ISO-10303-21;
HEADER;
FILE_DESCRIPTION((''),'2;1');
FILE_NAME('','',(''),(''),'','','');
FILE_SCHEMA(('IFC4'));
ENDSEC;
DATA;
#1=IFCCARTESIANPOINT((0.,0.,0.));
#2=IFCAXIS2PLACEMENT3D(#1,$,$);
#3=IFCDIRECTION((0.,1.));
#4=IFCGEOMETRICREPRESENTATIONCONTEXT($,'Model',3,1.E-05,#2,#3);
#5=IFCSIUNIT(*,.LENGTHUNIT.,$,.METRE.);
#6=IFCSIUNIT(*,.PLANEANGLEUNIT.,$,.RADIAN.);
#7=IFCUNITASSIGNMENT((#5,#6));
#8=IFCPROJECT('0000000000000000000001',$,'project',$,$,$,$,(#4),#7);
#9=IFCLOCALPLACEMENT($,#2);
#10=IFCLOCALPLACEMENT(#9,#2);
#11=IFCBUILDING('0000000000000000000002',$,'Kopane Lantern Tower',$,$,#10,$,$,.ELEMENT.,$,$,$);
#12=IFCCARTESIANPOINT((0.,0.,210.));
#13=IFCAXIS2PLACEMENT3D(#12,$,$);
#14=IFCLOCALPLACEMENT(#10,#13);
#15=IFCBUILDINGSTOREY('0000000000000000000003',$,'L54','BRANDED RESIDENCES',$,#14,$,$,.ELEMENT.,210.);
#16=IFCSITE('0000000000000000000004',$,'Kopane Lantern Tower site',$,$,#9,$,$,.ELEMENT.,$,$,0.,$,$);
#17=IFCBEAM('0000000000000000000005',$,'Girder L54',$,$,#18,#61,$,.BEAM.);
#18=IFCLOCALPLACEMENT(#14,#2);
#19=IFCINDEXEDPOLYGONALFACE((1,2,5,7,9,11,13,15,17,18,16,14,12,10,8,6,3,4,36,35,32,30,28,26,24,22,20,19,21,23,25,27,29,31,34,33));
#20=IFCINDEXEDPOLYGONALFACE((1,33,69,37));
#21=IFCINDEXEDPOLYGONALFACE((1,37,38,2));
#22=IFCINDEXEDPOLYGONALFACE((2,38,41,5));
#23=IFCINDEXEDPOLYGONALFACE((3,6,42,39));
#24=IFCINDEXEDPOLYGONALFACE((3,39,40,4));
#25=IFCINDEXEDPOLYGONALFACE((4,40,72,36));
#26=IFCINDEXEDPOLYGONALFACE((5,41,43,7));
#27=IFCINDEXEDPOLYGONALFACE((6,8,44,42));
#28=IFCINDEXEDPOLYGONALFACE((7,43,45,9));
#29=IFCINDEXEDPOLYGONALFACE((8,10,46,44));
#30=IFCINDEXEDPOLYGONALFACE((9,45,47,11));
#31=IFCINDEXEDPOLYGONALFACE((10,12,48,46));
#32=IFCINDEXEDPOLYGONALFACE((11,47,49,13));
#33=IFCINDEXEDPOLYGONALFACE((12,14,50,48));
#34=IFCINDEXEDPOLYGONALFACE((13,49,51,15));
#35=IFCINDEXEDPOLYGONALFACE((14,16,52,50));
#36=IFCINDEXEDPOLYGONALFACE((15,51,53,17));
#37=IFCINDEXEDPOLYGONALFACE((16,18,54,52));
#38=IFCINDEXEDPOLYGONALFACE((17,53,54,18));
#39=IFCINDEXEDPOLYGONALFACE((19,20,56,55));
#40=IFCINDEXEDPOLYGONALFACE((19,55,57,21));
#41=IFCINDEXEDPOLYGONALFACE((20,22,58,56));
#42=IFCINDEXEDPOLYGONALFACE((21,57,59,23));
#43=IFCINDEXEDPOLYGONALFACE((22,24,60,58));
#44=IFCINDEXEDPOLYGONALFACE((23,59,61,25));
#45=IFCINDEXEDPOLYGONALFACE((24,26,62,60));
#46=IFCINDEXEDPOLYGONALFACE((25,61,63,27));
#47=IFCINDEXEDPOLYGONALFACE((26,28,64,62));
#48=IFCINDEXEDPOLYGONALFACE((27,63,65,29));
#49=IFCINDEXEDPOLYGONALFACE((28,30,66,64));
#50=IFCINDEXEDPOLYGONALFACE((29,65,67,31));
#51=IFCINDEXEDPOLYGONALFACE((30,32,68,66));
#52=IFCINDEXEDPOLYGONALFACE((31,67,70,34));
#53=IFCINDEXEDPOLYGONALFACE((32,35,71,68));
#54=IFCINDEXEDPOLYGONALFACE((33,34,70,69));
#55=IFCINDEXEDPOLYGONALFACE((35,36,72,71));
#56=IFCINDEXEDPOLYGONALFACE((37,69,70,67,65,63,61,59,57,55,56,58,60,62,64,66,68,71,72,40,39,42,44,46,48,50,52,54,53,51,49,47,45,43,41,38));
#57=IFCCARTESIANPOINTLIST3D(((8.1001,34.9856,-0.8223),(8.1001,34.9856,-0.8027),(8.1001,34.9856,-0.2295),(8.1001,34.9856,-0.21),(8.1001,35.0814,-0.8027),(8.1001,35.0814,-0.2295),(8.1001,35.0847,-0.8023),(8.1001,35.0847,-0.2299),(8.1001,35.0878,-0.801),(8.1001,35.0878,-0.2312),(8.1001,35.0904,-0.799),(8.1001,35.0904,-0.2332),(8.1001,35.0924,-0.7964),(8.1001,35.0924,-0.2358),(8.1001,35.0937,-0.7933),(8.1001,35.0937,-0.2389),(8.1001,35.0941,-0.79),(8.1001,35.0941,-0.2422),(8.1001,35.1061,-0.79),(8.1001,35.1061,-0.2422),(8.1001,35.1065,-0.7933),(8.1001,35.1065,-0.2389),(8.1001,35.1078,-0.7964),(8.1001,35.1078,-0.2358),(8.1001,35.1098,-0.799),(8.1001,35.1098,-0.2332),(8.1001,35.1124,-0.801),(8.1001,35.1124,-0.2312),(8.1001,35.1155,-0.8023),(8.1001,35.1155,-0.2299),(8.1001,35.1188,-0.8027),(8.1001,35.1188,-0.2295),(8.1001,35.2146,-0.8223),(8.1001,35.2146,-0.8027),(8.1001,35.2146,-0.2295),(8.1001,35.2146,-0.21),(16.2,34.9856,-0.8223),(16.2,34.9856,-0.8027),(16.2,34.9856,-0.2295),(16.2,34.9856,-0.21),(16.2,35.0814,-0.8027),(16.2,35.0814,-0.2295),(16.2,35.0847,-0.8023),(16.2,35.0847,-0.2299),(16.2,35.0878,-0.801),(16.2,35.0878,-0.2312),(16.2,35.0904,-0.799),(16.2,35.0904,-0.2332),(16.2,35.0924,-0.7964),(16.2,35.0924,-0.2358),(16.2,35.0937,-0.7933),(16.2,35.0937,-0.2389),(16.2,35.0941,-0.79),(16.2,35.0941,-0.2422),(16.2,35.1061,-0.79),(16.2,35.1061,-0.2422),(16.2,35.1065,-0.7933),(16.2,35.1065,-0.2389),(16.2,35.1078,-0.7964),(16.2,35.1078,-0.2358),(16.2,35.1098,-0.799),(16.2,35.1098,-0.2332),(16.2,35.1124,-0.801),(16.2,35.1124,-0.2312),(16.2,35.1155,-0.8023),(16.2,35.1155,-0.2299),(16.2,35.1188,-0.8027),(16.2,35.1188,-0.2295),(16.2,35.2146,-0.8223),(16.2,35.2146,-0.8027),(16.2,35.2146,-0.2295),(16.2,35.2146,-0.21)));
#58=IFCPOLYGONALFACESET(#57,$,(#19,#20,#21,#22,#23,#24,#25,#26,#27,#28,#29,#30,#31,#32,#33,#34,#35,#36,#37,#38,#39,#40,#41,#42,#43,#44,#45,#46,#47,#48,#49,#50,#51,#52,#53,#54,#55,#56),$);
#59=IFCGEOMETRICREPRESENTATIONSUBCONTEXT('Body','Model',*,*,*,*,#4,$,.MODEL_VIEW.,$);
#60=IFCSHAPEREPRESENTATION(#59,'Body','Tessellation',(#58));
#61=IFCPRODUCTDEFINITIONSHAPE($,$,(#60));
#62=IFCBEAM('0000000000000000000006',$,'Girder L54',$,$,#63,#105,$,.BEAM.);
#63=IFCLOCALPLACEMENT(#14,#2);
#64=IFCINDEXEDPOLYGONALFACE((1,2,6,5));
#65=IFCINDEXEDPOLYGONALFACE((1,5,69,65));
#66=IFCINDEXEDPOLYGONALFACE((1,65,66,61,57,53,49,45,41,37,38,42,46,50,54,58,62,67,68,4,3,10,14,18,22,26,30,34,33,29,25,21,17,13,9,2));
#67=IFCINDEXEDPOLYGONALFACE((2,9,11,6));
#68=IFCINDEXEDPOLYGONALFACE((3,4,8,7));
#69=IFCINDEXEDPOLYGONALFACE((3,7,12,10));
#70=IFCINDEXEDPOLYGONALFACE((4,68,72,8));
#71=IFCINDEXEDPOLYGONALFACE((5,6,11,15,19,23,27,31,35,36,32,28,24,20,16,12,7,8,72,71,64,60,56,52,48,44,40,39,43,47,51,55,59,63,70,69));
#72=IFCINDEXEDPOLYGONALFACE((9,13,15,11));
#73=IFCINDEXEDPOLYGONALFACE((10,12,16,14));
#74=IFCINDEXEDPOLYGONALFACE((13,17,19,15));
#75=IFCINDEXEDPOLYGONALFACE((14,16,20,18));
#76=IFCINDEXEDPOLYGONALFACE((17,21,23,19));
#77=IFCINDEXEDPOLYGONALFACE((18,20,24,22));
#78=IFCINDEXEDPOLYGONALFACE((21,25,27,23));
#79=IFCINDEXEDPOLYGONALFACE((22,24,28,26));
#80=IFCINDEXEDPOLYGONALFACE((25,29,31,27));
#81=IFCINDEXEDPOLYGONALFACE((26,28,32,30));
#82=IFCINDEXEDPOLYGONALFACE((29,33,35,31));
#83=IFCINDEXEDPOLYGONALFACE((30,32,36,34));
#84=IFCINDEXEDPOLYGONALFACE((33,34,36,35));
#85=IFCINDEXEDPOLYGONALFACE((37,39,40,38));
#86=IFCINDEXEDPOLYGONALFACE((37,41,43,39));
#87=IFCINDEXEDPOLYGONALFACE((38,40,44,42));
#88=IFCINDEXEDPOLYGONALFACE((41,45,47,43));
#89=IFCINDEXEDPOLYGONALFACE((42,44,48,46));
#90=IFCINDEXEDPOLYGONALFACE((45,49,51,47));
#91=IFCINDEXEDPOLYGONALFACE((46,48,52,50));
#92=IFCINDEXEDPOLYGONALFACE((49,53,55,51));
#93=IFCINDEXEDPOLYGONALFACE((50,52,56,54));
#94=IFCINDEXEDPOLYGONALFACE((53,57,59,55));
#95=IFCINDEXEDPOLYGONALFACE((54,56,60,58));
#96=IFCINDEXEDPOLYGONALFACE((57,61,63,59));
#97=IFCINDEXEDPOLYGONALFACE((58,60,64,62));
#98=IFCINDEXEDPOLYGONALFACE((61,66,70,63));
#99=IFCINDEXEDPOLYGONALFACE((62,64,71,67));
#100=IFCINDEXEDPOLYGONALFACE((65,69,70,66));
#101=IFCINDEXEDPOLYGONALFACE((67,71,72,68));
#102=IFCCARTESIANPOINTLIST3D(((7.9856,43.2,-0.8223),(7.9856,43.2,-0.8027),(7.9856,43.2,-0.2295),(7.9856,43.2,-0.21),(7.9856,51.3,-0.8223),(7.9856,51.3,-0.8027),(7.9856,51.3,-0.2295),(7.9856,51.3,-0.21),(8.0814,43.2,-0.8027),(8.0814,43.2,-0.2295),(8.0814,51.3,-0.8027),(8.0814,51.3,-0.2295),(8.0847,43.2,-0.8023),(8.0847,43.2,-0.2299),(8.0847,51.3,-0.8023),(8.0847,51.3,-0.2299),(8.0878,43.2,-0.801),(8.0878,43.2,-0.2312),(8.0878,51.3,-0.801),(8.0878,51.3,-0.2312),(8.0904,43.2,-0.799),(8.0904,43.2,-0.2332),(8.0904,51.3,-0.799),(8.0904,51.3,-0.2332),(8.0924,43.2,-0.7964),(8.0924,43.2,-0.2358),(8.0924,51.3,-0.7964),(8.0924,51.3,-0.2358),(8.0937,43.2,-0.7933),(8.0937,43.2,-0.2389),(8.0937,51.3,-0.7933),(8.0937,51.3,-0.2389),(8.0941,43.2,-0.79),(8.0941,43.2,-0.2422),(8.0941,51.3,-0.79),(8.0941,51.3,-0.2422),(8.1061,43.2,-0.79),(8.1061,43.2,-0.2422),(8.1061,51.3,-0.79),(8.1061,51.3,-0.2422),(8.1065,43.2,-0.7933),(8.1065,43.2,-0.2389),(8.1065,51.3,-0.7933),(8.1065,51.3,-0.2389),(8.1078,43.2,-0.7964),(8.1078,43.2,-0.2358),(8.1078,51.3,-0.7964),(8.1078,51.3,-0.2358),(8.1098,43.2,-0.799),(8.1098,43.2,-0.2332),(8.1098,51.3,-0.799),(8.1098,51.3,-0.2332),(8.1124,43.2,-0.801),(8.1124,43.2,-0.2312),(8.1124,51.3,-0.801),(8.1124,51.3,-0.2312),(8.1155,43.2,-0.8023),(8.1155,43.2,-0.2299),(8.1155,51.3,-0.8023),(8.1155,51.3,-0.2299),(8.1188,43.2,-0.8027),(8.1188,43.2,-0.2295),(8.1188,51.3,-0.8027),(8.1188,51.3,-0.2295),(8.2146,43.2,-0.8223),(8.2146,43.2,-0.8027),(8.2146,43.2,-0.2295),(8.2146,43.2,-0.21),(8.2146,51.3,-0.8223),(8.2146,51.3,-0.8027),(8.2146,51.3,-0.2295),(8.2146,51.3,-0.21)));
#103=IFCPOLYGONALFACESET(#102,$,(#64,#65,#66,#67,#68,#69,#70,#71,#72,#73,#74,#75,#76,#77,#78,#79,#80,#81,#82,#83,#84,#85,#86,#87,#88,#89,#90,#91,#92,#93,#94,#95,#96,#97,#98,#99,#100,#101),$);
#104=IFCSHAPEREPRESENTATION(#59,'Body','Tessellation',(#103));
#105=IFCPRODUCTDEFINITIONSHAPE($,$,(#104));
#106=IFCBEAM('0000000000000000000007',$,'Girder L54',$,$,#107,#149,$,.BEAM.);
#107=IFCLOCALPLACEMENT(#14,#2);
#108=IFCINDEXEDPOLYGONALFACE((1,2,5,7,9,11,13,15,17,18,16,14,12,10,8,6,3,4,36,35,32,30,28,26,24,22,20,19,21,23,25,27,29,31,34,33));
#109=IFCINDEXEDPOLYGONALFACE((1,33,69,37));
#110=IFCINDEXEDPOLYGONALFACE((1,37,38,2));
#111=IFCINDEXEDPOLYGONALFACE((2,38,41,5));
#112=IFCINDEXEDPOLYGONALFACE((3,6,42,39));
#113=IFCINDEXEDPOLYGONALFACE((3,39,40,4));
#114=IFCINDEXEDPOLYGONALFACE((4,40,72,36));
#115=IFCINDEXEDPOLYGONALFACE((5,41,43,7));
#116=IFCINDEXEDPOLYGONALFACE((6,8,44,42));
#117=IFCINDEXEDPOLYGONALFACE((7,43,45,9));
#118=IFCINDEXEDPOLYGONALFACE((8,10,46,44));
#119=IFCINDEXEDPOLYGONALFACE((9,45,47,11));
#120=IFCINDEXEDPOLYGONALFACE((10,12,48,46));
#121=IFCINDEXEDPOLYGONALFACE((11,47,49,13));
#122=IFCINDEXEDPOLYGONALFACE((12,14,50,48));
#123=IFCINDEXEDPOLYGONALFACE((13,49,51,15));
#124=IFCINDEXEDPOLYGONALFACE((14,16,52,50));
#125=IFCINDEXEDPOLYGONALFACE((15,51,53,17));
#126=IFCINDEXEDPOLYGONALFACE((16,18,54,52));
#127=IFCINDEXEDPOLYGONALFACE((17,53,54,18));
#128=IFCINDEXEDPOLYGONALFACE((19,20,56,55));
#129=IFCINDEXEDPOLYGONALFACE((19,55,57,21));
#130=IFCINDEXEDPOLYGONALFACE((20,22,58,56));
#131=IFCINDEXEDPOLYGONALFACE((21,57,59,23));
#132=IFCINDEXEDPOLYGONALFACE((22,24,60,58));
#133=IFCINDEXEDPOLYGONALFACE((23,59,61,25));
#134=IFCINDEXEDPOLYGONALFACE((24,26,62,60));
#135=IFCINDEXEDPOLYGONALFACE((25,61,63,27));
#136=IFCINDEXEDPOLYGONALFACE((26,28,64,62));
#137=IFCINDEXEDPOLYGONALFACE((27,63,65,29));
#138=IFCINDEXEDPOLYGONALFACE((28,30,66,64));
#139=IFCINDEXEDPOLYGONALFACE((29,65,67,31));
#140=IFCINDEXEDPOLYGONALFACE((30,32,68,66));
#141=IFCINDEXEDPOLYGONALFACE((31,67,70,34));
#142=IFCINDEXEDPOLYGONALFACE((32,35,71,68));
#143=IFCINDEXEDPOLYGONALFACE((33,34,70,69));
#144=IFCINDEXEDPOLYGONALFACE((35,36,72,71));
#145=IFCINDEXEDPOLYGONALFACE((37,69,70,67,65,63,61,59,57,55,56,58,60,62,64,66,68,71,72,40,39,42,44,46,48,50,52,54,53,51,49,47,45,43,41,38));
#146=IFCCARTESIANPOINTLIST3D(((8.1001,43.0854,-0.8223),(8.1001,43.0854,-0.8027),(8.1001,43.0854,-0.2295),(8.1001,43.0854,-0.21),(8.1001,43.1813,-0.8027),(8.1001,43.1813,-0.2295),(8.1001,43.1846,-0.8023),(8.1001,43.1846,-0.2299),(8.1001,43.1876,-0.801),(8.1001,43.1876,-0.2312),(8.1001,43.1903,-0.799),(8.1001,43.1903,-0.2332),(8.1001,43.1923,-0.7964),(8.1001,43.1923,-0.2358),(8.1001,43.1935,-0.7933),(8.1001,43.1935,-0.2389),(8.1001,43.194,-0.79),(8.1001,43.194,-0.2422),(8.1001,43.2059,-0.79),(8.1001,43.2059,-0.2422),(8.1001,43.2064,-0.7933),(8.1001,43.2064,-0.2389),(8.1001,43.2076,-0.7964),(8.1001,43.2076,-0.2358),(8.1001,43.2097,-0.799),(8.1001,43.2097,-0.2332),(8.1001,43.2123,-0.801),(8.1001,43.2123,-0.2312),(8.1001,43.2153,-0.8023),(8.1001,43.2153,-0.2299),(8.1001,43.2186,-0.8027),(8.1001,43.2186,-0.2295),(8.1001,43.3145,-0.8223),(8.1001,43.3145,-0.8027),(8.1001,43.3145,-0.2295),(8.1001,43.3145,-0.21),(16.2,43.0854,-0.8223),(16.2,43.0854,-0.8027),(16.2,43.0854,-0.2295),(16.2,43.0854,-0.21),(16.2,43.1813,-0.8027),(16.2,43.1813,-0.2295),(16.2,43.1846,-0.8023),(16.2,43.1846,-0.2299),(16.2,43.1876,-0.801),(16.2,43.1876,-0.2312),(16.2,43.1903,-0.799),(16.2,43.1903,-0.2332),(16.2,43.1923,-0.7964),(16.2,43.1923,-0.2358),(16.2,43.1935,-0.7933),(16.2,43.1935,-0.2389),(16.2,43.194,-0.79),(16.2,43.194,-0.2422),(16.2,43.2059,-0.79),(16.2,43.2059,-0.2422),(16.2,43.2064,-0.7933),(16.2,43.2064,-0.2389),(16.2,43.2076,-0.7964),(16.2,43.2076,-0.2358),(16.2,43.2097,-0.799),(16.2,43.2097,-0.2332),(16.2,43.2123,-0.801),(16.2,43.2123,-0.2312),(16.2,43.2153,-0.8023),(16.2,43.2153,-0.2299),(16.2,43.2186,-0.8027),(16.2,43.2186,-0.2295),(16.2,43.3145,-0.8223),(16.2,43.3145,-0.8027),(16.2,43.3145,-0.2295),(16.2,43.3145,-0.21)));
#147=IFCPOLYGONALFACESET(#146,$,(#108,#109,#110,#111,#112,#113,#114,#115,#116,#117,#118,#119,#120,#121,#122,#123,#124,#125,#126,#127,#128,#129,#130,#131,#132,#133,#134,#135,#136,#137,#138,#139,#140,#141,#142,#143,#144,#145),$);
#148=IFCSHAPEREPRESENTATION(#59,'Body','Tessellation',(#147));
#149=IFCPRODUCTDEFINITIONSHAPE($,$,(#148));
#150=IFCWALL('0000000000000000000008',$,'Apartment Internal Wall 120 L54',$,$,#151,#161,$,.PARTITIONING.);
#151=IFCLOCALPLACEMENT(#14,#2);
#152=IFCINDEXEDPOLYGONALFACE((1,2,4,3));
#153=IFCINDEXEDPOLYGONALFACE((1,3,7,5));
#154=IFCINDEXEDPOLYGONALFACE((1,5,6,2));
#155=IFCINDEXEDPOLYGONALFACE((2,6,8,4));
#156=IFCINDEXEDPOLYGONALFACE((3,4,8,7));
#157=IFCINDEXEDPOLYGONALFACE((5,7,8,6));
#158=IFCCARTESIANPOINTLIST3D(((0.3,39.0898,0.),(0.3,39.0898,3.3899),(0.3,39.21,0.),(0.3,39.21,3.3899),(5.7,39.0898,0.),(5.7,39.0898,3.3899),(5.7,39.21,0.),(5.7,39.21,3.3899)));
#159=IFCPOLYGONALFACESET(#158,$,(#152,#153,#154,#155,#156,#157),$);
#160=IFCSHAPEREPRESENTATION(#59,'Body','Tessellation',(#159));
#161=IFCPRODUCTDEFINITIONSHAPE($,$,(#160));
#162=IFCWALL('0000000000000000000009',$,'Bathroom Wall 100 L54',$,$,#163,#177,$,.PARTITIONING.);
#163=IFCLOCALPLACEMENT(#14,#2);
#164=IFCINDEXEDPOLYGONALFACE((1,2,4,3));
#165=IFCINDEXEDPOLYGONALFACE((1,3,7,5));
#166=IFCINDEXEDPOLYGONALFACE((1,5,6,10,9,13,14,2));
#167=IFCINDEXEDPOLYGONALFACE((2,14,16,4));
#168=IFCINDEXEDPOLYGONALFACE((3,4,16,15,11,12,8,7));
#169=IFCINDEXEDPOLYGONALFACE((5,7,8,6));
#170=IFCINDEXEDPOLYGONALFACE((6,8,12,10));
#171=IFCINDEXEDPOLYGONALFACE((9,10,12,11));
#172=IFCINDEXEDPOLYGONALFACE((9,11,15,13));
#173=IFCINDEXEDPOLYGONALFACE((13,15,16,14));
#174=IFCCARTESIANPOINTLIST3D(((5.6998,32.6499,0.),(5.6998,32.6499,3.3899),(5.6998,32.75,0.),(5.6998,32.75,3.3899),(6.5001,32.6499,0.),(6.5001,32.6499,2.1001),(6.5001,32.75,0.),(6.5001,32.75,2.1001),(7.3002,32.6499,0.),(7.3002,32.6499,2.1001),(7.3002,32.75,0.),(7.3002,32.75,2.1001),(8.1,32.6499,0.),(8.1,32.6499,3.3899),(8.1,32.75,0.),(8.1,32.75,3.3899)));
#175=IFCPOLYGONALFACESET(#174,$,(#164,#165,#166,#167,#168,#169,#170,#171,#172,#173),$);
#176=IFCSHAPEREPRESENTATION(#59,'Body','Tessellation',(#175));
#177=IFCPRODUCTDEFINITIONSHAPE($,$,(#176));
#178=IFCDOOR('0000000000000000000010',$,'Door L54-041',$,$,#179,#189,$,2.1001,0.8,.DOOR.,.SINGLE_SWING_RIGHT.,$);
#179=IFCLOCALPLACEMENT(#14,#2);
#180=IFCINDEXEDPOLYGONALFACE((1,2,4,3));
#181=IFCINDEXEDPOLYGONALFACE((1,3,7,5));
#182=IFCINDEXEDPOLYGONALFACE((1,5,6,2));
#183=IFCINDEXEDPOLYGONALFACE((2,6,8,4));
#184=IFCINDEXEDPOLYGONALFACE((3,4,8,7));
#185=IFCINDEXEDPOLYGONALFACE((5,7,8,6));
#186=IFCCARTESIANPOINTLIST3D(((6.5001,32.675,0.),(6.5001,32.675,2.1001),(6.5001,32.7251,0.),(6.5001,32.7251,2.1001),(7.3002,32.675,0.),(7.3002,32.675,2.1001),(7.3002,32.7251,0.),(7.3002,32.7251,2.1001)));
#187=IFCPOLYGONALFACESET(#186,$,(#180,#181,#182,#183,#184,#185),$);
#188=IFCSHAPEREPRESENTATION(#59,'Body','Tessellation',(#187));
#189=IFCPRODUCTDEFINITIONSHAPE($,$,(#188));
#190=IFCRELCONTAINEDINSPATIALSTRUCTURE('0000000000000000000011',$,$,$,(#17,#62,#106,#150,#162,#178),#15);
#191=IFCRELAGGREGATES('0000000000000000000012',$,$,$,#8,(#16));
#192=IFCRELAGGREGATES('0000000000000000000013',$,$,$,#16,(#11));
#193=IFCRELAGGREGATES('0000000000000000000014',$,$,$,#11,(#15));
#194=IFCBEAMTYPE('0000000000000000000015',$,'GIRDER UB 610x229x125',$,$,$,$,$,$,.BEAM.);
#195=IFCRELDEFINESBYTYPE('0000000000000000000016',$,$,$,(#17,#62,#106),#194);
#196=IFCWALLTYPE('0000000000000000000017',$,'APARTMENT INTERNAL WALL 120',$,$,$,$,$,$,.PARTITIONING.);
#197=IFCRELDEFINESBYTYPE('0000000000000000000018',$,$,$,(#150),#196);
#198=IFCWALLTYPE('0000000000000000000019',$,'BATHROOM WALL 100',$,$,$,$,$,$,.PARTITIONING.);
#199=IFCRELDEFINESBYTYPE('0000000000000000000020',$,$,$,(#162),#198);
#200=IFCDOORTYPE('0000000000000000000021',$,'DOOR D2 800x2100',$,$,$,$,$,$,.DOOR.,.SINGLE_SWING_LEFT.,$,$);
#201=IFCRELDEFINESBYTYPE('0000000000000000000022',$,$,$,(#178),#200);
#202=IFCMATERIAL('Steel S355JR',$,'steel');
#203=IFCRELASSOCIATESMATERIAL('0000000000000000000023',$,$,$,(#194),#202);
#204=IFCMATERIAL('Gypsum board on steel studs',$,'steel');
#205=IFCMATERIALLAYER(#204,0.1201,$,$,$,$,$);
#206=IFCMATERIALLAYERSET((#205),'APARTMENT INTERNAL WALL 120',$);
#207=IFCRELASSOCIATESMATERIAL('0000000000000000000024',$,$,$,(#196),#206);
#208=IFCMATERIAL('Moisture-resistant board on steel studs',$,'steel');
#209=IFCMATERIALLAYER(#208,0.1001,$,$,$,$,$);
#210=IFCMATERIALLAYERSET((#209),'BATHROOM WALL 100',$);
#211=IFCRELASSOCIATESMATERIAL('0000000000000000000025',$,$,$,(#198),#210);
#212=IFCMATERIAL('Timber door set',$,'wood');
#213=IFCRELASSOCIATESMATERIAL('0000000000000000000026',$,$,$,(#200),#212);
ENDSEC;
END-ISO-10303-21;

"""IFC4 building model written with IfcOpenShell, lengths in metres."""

from ifc_helpers import new_model, si_unit, direction, frame, frame_2d, origin, origin_2d, place, context, subcontext, project, spatial, rectangle, i_section, extrude, material, layer, layer_set, material_profile, profile_set, type_object, element, fill, save


model = new_model("IFC4")

# Units and contexts
model_context = context("Model", 3, precision=1e-05, world=origin(), true_north=direction((0.0, 1.0)))
body_context = subcontext(model_context, "Body", "Model", "MODEL_VIEW")
ifc_project = project(units=[si_unit("LENGTHUNIT", "METRE"), si_unit("PLANEANGLEUNIT", "RADIAN")], contexts=[model_context])

# Site, building, storey
site_placement = place(None, origin())
site = spatial("IfcSite", under=ifc_project, at=site_placement, Name="Kopane Lantern Tower site", CompositionType="ELEMENT", RefElevation=0.0)
building_placement = place(site_placement, origin())
building = spatial("IfcBuilding", under=site, at=building_placement, Name="Kopane Lantern Tower", CompositionType="ELEMENT")
storey_placement = place(building_placement, frame((0.0, 0.0, 210.0)))
storey = spatial("IfcBuildingStorey", under=building, at=storey_placement, Name="L54", Description="BRANDED RESIDENCES", CompositionType="ELEMENT", Elevation=210.0)

# Beams
ifc_material_1 = material(Name="Steel S355JR", Category="steel")
ifc_material_profile_1 = material_profile(ifc_material_1, i_section(OverallWidth=0.229, OverallDepth=0.6123, WebThickness=0.012, FlangeThickness=0.0195, FilletRadius=0.0127, at=origin_2d()), Name="UB 610x229x125")
ifc_profile_set_1 = profile_set([ifc_material_profile_1], Name="Steel S355JR")
beam_type = type_object("IfcBeamType", Name="GIRDER UB 610x229x125", PredefinedType="BEAM", material=ifc_profile_set_1)
for number, where, z_axis, x_axis, name in (
    (1, (8.1001, 35.1001, -0.5161), (1.0, 0.0, 0.0), (0.0, 1.0, 0.0), "Girder L54"),
):
    element("IfcBeam", number, at=place(storey_placement, frame(where, z_axis=z_axis, x_axis=x_axis)), inside=storey, type_object=beam_type, Name=name, PredefinedType="BEAM", context=body_context, shape_type="SweptSolid", body=[
        extrude(i_section(OverallWidth=0.229, OverallDepth=0.6123, WebThickness=0.012, FlangeThickness=0.0195, FilletRadius=0.0127, at=origin_2d()), origin(), (0.0, 0.0, 1.0), 8.0999),
    ])
beam_1_placement = place(storey_placement, frame((8.1001, 43.2, -0.5161), z_axis=(0.0, 1.0, 0.0), x_axis=(-1.0, 0.0, 0.0)))
element("IfcBeam", 2, at=beam_1_placement, inside=storey, type_object=beam_type, Name="Girder L54", PredefinedType="BEAM", context=body_context, shape_type="SweptSolid", body=[
    extrude(i_section(OverallWidth=0.229, OverallDepth=0.6123, WebThickness=0.012, FlangeThickness=0.0195, FilletRadius=0.0127, at=origin_2d()), origin(), (0.0, 0.0, 1.0), 8.1001),
])
beam_2_placement = place(storey_placement, frame((8.1001, 43.2, -0.5161), z_axis=(1.0, 0.0, 0.0), x_axis=(0.0, 1.0, 0.0)))
element("IfcBeam", 3, at=beam_2_placement, inside=storey, type_object=beam_type, Name="Girder L54", PredefinedType="BEAM", context=body_context, shape_type="SweptSolid", body=[
    extrude(i_section(OverallWidth=0.229, OverallDepth=0.6123, WebThickness=0.012, FlangeThickness=0.0195, FilletRadius=0.0127, at=origin_2d()), origin(), (0.0, 0.0, 1.0), 8.0999),
])

# Wall
ifc_material_2 = material(Name="Gypsum board on steel studs", Category="steel")
ifc_layer_1 = layer(ifc_material_2, 0.1201)
ifc_layer_set_1 = layer_set([ifc_layer_1], Name="APARTMENT INTERNAL WALL 120")
wall_type_1 = type_object("IfcWallType", Name="APARTMENT INTERNAL WALL 120", PredefinedType="PARTITIONING", material=ifc_layer_set_1)
wall_1_placement = place(storey_placement, frame((5.7, 39.1499, 0.0), z_axis=(0.0, 0.0, 1.0), x_axis=(-1.0, 0.0, 0.0)))
element("IfcWall", 4, at=wall_1_placement, inside=storey, type_object=wall_type_1, Name="Apartment Internal Wall 120 L54", PredefinedType="PARTITIONING", context=body_context, shape_type="SweptSolid", body=[
    extrude(rectangle(XDim=5.3999, YDim=0.1201, at=frame_2d((2.7, 0.0))), origin(), (0.0, 0.0, 1.0), 3.3899),
])

# Wall, opening, door
ifc_material_3 = material(Name="Moisture-resistant board on steel studs", Category="steel")
ifc_layer_2 = layer(ifc_material_3, 0.1001)
ifc_layer_set_2 = layer_set([ifc_layer_2], Name="BATHROOM WALL 100")
wall_type_2 = type_object("IfcWallType", Name="BATHROOM WALL 100", PredefinedType="PARTITIONING", material=ifc_layer_set_2)
wall_2_placement = place(storey_placement, frame((8.1001, 32.7, 0.0), z_axis=(0.0, 0.0, 1.0), x_axis=(-1.0, 0.0, 0.0)))
wall_2 = element("IfcWall", 5, at=wall_2_placement, inside=storey, type_object=wall_type_2, Name="Bathroom Wall 100 L54", PredefinedType="PARTITIONING", context=body_context, shape_type="SweptSolid", body=[
    extrude(rectangle(XDim=2.4001, YDim=0.1001, at=frame_2d((1.2002, 0.0))), origin(), (0.0, 0.0, 1.0), 3.3899),
])
opening_1_placement = place(wall_2_placement, frame((0.8, 0.0, 0.0)))
opening_1 = element("IfcOpeningElement", 6, at=opening_1_placement, cuts=wall_2, PredefinedType="OPENING", context=body_context, shape_type="SweptSolid", body=[
    extrude(rectangle(XDim=0.8, YDim=2.1001, at=frame_2d((0.3999, 1.05))), frame((0.0, 0.0601, 0.0), z_axis=(0.0, -1.0, 0.0), x_axis=(1.0, 0.0, 0.0)), (0.0, 0.0, 1.0), 0.1201),
])
ifc_material_4 = material(Name="Timber door set", Category="wood")
door_type = type_object("IfcDoorType", Name="DOOR D2 800x2100", OperationType="SINGLE_SWING_LEFT", PredefinedType="DOOR", material=ifc_material_4)
door_1_placement = place(opening_1_placement, origin())
door_1 = element("IfcDoor", 7, at=door_1_placement, inside=storey, type_object=door_type, Name="Door L54-041", OperationType="SINGLE_SWING_RIGHT", OverallHeight=2.1001, OverallWidth=0.8, PredefinedType="DOOR", context=body_context, shape_type="SweptSolid", body=[
    extrude(rectangle(XDim=0.8, YDim=2.1001, at=frame_2d((0.3999, 1.05))), frame((0.0, 0.0249, 0.0), z_axis=(0.0, -1.0, 0.0), x_axis=(1.0, 0.0, 0.0)), (0.0, 0.0, 1.0), 0.05),
])
fill(opening_1, door_1)

save(model, "model.ifc")
